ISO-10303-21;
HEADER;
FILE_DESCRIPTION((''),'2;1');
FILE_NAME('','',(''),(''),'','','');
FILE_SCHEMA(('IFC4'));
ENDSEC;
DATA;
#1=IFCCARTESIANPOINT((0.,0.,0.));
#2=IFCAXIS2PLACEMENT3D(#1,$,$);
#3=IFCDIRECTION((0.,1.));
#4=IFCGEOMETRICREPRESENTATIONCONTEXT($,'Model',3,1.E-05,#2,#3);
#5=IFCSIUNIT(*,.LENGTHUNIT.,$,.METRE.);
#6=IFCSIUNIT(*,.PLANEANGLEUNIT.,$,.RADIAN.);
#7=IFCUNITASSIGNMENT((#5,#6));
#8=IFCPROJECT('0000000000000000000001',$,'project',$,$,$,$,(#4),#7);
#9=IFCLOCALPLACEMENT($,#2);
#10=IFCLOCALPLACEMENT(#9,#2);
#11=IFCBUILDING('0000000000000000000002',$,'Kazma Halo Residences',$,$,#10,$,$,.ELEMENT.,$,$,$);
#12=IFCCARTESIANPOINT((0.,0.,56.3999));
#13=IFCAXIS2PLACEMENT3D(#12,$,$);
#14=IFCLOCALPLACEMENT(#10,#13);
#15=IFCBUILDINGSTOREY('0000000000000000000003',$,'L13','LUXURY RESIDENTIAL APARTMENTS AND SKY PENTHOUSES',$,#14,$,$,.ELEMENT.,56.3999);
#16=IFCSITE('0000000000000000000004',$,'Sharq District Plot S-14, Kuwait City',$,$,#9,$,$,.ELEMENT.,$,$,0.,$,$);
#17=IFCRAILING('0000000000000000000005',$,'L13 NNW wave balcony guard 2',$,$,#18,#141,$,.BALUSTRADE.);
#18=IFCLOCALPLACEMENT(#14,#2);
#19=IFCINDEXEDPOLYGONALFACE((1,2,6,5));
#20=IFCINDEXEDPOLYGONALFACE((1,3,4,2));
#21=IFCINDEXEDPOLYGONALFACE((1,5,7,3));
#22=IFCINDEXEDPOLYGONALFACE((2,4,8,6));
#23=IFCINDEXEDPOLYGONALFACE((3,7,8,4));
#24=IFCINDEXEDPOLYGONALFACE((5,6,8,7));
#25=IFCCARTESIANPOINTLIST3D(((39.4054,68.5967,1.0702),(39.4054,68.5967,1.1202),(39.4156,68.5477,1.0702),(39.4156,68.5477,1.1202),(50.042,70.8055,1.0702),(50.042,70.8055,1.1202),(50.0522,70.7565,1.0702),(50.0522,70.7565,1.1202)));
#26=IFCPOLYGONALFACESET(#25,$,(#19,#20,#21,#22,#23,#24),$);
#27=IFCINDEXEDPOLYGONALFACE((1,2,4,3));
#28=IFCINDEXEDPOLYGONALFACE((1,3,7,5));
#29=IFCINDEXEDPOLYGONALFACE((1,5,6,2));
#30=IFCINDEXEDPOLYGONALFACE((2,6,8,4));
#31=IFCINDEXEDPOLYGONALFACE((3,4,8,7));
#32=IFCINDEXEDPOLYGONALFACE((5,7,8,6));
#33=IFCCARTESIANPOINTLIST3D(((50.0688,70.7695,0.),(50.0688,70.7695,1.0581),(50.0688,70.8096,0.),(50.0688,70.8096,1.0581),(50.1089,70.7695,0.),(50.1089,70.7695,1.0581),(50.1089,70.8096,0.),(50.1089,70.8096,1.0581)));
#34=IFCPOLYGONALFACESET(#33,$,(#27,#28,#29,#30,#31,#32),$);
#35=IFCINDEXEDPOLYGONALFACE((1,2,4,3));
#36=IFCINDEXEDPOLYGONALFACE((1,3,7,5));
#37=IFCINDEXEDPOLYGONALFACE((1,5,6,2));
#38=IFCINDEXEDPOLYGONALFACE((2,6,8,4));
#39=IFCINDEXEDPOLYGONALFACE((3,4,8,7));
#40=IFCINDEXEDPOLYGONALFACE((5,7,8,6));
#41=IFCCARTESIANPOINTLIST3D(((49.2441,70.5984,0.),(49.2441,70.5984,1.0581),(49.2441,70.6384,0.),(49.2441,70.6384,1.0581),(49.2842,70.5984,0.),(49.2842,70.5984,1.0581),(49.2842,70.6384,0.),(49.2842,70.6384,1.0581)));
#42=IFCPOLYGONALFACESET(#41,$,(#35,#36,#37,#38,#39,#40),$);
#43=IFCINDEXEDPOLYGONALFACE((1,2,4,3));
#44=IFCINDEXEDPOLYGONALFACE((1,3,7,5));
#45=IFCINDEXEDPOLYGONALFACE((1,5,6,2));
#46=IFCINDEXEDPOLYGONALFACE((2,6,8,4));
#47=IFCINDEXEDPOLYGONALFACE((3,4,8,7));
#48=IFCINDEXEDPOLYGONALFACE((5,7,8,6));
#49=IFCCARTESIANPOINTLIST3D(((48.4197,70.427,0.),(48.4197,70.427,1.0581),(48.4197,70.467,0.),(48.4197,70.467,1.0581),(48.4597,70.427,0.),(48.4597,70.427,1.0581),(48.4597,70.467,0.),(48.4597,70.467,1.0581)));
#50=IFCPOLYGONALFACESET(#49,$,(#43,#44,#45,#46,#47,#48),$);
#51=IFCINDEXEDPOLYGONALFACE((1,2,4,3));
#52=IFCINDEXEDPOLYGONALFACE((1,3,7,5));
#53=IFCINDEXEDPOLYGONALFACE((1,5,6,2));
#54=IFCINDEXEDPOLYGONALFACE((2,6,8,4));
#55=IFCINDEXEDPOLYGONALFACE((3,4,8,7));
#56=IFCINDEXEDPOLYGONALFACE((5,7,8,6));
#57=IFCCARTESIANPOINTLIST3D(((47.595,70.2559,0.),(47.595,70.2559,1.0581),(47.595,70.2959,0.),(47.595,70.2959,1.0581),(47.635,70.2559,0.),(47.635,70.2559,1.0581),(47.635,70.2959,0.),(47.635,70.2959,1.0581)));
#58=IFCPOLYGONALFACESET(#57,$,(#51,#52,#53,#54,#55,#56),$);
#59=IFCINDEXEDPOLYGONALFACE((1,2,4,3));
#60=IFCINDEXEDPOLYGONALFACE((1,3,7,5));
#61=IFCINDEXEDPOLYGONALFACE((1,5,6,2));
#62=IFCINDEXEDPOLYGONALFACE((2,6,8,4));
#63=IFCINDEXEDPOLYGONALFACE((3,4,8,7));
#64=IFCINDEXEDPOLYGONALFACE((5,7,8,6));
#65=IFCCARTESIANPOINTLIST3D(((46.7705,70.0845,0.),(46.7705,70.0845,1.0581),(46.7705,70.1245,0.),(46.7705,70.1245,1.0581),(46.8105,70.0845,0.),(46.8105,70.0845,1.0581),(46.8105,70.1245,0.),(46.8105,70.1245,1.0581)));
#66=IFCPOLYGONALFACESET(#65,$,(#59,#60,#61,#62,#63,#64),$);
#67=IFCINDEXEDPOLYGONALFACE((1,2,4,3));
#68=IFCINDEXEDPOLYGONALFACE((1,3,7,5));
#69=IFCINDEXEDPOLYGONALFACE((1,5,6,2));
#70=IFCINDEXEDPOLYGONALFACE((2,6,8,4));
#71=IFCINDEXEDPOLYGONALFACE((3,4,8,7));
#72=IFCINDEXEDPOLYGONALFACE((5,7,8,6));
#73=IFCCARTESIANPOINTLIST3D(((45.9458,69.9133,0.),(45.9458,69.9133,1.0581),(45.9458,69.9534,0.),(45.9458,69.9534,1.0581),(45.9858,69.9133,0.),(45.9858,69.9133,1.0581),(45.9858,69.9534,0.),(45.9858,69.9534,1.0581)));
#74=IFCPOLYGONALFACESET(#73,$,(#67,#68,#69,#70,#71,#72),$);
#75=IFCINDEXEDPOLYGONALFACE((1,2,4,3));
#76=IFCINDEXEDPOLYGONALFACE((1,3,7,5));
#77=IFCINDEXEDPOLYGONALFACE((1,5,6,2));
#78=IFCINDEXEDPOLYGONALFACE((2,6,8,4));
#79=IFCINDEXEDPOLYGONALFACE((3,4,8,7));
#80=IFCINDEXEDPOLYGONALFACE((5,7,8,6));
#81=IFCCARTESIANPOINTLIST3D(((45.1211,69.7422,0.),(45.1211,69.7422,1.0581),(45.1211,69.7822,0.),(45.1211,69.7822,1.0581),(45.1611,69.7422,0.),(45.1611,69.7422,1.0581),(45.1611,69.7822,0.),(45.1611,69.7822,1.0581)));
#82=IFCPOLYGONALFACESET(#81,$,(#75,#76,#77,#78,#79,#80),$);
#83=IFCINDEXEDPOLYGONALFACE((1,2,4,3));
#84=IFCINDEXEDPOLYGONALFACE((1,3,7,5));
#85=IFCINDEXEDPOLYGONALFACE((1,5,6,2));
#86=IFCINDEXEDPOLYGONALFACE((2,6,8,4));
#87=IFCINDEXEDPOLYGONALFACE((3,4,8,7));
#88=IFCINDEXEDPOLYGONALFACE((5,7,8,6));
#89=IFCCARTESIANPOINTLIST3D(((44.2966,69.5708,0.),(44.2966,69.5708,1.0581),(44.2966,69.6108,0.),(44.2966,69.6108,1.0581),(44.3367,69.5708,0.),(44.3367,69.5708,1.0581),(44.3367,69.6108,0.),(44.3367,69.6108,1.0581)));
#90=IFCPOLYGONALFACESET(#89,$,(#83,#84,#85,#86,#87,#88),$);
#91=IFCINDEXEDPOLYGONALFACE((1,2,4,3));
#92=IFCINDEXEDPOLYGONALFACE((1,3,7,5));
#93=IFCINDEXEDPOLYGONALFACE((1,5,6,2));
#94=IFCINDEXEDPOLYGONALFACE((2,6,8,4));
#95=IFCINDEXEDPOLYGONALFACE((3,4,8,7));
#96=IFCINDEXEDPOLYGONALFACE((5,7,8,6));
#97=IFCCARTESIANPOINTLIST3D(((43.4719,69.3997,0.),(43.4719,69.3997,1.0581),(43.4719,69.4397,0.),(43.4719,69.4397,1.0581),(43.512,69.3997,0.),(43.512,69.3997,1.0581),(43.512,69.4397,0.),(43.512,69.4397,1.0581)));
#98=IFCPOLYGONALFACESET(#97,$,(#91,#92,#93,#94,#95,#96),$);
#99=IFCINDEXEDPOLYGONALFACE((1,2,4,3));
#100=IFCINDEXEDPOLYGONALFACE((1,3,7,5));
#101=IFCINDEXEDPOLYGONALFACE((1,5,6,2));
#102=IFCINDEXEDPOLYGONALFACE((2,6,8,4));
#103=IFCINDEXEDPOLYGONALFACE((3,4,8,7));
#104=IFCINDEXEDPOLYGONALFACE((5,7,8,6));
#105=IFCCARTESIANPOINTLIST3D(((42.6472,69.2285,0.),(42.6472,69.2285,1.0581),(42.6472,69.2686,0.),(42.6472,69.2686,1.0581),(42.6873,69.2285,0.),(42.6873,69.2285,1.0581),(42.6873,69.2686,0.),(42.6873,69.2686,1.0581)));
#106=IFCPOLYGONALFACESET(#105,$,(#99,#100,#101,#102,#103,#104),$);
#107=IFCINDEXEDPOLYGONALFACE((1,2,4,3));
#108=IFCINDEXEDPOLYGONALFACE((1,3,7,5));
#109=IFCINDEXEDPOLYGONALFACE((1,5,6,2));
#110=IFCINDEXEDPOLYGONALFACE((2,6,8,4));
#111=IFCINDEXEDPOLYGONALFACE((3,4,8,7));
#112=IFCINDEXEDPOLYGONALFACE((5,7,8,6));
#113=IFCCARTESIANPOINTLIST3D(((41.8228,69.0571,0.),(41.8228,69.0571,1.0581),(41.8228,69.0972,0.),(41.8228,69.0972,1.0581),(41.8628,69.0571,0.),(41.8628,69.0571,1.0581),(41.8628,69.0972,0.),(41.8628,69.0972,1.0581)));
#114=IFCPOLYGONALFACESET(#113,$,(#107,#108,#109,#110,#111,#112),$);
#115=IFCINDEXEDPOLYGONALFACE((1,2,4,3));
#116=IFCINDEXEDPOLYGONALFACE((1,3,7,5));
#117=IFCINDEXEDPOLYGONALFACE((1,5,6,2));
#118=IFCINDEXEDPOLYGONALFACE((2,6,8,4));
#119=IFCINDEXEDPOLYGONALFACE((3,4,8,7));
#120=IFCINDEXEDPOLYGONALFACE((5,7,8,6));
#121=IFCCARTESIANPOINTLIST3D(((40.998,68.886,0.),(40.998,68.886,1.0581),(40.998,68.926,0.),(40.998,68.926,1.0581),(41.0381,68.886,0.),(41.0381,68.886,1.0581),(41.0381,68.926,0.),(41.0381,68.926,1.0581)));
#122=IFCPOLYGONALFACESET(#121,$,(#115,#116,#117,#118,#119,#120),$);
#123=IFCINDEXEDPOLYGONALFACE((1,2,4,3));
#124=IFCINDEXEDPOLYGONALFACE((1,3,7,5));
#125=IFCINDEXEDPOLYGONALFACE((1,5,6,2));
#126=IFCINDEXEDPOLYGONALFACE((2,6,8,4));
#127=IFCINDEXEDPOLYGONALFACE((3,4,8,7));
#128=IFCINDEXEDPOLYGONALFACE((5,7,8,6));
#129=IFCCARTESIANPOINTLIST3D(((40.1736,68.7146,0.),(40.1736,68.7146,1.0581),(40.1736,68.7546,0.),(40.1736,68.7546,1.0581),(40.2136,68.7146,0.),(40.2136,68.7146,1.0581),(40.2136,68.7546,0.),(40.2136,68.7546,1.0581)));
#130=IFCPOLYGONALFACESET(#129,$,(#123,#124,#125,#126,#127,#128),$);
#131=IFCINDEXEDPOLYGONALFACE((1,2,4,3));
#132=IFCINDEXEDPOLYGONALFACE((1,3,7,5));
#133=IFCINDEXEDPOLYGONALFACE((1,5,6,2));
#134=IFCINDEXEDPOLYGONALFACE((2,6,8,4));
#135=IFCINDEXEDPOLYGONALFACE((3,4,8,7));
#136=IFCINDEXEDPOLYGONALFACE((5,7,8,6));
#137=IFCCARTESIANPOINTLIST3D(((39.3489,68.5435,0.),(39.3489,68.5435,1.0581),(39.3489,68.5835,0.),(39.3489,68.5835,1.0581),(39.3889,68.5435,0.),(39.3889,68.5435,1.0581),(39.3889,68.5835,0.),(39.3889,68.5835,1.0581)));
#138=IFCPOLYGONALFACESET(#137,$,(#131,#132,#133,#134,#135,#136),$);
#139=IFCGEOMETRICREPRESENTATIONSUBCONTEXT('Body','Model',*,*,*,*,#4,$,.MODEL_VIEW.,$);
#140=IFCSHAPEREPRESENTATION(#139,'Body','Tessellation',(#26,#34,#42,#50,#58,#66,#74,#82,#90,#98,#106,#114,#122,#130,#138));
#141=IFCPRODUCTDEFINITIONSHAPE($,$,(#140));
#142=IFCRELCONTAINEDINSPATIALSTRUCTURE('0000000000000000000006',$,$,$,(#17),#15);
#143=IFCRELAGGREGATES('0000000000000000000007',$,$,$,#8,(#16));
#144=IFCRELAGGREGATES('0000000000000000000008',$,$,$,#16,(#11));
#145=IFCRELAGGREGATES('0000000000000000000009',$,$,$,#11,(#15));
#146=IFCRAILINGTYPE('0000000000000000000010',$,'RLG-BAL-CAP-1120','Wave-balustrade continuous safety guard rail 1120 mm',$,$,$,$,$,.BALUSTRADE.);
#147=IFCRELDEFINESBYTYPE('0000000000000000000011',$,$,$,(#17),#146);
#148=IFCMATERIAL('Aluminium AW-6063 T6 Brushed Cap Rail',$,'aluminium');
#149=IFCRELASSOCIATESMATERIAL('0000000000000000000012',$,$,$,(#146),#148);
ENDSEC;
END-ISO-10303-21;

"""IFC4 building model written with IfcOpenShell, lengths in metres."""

from ifc_helpers import new_model, si_unit, direction, frame, origin, origin_2d, place, context, subcontext, project, spatial, rectangle, extrude, material, type_object, element, save


model = new_model("IFC4")

# Units and contexts
model_context = context("Model", 3, precision=1e-05, world=origin(), true_north=direction((0.0, 1.0)))
body_context = subcontext(model_context, "Body", "Model", "MODEL_VIEW")
ifc_project = project(units=[si_unit("LENGTHUNIT", "METRE"), si_unit("PLANEANGLEUNIT", "RADIAN")], contexts=[model_context])

# Site, building, storey
site_placement = place(None, origin())
site = spatial("IfcSite", under=ifc_project, at=site_placement, Name="Sharq District Plot S-14, Kuwait City", CompositionType="ELEMENT", RefElevation=0.0)
building_placement = place(site_placement, origin())
building = spatial("IfcBuilding", under=site, at=building_placement, Name="Kazma Halo Residences", CompositionType="ELEMENT")
storey_placement = place(building_placement, frame((0.0, 0.0, 56.3999)))
storey = spatial("IfcBuildingStorey", under=building, at=storey_placement, Name="L13", Description="LUXURY RESIDENTIAL APARTMENTS AND SKY PENTHOUSES", CompositionType="ELEMENT", Elevation=56.3999)

# Railing
ifc_material_1 = material(Name="Aluminium AW-6063 T6 Brushed Cap Rail", Category="aluminium")
railing_type = type_object("IfcRailingType", Name="RLG-BAL-CAP-1120", Description="Wave-balustrade continuous safety guard rail 1120 mm", PredefinedType="BALUSTRADE", material=ifc_material_1)
railing_1_placement = place(storey_placement, frame((50.0889, 70.7896, 0.0)))
element("IfcRailing", 1, at=railing_1_placement, inside=storey, type_object=railing_type, Name="L13 NNW wave balcony guard 2", PredefinedType="BALUSTRADE", context=body_context, shape_type="SweptSolid", body=[
    extrude(rectangle(XDim=0.05, YDim=0.05, at=origin_2d()), frame((-0.0417, -0.0085, 1.0952), z_axis=(-0.979112, -0.203319, 0.0), x_axis=(0.203319, -0.979112, 0.0)), (0.0, 0.0, 1.0), 10.8635),
    extrude(rectangle(XDim=0.04, YDim=0.04, at=origin_2d()), origin(), (0.0, 0.0, 1.0), 1.0581),
    extrude(rectangle(XDim=0.04, YDim=0.04, at=origin_2d()), frame((-0.8247, -0.1711, 0.0)), (0.0, 0.0, 1.0), 1.0581),
    extrude(rectangle(XDim=0.04, YDim=0.04, at=origin_2d()), frame((-1.6492, -0.3425, 0.0)), (0.0, 0.0, 1.0), 1.0581),
    extrude(rectangle(XDim=0.04, YDim=0.04, at=origin_2d()), frame((-2.4739, -0.5137, 0.0)), (0.0, 0.0, 1.0), 1.0581),
    extrude(rectangle(XDim=0.04, YDim=0.04, at=origin_2d()), frame((-3.2983, -0.6851, 0.0)), (0.0, 0.0, 1.0), 1.0581),
    extrude(rectangle(XDim=0.04, YDim=0.04, at=origin_2d()), frame((-4.123, -0.8562, 0.0)), (0.0, 0.0, 1.0), 1.0581),
    extrude(rectangle(XDim=0.04, YDim=0.04, at=origin_2d()), frame((-4.9478, -1.0273, 0.0)), (0.0, 0.0, 1.0), 1.0581),
    extrude(rectangle(XDim=0.04, YDim=0.04, at=origin_2d()), frame((-5.7722, -1.1987, 0.0)), (0.0, 0.0, 1.0), 1.0581),
    extrude(rectangle(XDim=0.04, YDim=0.04, at=origin_2d()), frame((-6.5969, -1.3699, 0.0)), (0.0, 0.0, 1.0), 1.0581),
    extrude(rectangle(XDim=0.04, YDim=0.04, at=origin_2d()), frame((-7.4216, -1.541, 0.0)), (0.0, 0.0, 1.0), 1.0581),
    extrude(rectangle(XDim=0.04, YDim=0.04, at=origin_2d()), frame((-8.2461, -1.7124, 0.0)), (0.0, 0.0, 1.0), 1.0581),
    extrude(rectangle(XDim=0.04, YDim=0.04, at=origin_2d()), frame((-9.0708, -1.8835, 0.0)), (0.0, 0.0, 1.0), 1.0581),
    extrude(rectangle(XDim=0.04, YDim=0.04, at=origin_2d()), frame((-9.8953, -2.0549, 0.0)), (0.0, 0.0, 1.0), 1.0581),
    extrude(rectangle(XDim=0.04, YDim=0.04, at=origin_2d()), frame((-10.72, -2.2261, 0.0)), (0.0, 0.0, 1.0), 1.0581),
])

save(model, "model.ifc")
